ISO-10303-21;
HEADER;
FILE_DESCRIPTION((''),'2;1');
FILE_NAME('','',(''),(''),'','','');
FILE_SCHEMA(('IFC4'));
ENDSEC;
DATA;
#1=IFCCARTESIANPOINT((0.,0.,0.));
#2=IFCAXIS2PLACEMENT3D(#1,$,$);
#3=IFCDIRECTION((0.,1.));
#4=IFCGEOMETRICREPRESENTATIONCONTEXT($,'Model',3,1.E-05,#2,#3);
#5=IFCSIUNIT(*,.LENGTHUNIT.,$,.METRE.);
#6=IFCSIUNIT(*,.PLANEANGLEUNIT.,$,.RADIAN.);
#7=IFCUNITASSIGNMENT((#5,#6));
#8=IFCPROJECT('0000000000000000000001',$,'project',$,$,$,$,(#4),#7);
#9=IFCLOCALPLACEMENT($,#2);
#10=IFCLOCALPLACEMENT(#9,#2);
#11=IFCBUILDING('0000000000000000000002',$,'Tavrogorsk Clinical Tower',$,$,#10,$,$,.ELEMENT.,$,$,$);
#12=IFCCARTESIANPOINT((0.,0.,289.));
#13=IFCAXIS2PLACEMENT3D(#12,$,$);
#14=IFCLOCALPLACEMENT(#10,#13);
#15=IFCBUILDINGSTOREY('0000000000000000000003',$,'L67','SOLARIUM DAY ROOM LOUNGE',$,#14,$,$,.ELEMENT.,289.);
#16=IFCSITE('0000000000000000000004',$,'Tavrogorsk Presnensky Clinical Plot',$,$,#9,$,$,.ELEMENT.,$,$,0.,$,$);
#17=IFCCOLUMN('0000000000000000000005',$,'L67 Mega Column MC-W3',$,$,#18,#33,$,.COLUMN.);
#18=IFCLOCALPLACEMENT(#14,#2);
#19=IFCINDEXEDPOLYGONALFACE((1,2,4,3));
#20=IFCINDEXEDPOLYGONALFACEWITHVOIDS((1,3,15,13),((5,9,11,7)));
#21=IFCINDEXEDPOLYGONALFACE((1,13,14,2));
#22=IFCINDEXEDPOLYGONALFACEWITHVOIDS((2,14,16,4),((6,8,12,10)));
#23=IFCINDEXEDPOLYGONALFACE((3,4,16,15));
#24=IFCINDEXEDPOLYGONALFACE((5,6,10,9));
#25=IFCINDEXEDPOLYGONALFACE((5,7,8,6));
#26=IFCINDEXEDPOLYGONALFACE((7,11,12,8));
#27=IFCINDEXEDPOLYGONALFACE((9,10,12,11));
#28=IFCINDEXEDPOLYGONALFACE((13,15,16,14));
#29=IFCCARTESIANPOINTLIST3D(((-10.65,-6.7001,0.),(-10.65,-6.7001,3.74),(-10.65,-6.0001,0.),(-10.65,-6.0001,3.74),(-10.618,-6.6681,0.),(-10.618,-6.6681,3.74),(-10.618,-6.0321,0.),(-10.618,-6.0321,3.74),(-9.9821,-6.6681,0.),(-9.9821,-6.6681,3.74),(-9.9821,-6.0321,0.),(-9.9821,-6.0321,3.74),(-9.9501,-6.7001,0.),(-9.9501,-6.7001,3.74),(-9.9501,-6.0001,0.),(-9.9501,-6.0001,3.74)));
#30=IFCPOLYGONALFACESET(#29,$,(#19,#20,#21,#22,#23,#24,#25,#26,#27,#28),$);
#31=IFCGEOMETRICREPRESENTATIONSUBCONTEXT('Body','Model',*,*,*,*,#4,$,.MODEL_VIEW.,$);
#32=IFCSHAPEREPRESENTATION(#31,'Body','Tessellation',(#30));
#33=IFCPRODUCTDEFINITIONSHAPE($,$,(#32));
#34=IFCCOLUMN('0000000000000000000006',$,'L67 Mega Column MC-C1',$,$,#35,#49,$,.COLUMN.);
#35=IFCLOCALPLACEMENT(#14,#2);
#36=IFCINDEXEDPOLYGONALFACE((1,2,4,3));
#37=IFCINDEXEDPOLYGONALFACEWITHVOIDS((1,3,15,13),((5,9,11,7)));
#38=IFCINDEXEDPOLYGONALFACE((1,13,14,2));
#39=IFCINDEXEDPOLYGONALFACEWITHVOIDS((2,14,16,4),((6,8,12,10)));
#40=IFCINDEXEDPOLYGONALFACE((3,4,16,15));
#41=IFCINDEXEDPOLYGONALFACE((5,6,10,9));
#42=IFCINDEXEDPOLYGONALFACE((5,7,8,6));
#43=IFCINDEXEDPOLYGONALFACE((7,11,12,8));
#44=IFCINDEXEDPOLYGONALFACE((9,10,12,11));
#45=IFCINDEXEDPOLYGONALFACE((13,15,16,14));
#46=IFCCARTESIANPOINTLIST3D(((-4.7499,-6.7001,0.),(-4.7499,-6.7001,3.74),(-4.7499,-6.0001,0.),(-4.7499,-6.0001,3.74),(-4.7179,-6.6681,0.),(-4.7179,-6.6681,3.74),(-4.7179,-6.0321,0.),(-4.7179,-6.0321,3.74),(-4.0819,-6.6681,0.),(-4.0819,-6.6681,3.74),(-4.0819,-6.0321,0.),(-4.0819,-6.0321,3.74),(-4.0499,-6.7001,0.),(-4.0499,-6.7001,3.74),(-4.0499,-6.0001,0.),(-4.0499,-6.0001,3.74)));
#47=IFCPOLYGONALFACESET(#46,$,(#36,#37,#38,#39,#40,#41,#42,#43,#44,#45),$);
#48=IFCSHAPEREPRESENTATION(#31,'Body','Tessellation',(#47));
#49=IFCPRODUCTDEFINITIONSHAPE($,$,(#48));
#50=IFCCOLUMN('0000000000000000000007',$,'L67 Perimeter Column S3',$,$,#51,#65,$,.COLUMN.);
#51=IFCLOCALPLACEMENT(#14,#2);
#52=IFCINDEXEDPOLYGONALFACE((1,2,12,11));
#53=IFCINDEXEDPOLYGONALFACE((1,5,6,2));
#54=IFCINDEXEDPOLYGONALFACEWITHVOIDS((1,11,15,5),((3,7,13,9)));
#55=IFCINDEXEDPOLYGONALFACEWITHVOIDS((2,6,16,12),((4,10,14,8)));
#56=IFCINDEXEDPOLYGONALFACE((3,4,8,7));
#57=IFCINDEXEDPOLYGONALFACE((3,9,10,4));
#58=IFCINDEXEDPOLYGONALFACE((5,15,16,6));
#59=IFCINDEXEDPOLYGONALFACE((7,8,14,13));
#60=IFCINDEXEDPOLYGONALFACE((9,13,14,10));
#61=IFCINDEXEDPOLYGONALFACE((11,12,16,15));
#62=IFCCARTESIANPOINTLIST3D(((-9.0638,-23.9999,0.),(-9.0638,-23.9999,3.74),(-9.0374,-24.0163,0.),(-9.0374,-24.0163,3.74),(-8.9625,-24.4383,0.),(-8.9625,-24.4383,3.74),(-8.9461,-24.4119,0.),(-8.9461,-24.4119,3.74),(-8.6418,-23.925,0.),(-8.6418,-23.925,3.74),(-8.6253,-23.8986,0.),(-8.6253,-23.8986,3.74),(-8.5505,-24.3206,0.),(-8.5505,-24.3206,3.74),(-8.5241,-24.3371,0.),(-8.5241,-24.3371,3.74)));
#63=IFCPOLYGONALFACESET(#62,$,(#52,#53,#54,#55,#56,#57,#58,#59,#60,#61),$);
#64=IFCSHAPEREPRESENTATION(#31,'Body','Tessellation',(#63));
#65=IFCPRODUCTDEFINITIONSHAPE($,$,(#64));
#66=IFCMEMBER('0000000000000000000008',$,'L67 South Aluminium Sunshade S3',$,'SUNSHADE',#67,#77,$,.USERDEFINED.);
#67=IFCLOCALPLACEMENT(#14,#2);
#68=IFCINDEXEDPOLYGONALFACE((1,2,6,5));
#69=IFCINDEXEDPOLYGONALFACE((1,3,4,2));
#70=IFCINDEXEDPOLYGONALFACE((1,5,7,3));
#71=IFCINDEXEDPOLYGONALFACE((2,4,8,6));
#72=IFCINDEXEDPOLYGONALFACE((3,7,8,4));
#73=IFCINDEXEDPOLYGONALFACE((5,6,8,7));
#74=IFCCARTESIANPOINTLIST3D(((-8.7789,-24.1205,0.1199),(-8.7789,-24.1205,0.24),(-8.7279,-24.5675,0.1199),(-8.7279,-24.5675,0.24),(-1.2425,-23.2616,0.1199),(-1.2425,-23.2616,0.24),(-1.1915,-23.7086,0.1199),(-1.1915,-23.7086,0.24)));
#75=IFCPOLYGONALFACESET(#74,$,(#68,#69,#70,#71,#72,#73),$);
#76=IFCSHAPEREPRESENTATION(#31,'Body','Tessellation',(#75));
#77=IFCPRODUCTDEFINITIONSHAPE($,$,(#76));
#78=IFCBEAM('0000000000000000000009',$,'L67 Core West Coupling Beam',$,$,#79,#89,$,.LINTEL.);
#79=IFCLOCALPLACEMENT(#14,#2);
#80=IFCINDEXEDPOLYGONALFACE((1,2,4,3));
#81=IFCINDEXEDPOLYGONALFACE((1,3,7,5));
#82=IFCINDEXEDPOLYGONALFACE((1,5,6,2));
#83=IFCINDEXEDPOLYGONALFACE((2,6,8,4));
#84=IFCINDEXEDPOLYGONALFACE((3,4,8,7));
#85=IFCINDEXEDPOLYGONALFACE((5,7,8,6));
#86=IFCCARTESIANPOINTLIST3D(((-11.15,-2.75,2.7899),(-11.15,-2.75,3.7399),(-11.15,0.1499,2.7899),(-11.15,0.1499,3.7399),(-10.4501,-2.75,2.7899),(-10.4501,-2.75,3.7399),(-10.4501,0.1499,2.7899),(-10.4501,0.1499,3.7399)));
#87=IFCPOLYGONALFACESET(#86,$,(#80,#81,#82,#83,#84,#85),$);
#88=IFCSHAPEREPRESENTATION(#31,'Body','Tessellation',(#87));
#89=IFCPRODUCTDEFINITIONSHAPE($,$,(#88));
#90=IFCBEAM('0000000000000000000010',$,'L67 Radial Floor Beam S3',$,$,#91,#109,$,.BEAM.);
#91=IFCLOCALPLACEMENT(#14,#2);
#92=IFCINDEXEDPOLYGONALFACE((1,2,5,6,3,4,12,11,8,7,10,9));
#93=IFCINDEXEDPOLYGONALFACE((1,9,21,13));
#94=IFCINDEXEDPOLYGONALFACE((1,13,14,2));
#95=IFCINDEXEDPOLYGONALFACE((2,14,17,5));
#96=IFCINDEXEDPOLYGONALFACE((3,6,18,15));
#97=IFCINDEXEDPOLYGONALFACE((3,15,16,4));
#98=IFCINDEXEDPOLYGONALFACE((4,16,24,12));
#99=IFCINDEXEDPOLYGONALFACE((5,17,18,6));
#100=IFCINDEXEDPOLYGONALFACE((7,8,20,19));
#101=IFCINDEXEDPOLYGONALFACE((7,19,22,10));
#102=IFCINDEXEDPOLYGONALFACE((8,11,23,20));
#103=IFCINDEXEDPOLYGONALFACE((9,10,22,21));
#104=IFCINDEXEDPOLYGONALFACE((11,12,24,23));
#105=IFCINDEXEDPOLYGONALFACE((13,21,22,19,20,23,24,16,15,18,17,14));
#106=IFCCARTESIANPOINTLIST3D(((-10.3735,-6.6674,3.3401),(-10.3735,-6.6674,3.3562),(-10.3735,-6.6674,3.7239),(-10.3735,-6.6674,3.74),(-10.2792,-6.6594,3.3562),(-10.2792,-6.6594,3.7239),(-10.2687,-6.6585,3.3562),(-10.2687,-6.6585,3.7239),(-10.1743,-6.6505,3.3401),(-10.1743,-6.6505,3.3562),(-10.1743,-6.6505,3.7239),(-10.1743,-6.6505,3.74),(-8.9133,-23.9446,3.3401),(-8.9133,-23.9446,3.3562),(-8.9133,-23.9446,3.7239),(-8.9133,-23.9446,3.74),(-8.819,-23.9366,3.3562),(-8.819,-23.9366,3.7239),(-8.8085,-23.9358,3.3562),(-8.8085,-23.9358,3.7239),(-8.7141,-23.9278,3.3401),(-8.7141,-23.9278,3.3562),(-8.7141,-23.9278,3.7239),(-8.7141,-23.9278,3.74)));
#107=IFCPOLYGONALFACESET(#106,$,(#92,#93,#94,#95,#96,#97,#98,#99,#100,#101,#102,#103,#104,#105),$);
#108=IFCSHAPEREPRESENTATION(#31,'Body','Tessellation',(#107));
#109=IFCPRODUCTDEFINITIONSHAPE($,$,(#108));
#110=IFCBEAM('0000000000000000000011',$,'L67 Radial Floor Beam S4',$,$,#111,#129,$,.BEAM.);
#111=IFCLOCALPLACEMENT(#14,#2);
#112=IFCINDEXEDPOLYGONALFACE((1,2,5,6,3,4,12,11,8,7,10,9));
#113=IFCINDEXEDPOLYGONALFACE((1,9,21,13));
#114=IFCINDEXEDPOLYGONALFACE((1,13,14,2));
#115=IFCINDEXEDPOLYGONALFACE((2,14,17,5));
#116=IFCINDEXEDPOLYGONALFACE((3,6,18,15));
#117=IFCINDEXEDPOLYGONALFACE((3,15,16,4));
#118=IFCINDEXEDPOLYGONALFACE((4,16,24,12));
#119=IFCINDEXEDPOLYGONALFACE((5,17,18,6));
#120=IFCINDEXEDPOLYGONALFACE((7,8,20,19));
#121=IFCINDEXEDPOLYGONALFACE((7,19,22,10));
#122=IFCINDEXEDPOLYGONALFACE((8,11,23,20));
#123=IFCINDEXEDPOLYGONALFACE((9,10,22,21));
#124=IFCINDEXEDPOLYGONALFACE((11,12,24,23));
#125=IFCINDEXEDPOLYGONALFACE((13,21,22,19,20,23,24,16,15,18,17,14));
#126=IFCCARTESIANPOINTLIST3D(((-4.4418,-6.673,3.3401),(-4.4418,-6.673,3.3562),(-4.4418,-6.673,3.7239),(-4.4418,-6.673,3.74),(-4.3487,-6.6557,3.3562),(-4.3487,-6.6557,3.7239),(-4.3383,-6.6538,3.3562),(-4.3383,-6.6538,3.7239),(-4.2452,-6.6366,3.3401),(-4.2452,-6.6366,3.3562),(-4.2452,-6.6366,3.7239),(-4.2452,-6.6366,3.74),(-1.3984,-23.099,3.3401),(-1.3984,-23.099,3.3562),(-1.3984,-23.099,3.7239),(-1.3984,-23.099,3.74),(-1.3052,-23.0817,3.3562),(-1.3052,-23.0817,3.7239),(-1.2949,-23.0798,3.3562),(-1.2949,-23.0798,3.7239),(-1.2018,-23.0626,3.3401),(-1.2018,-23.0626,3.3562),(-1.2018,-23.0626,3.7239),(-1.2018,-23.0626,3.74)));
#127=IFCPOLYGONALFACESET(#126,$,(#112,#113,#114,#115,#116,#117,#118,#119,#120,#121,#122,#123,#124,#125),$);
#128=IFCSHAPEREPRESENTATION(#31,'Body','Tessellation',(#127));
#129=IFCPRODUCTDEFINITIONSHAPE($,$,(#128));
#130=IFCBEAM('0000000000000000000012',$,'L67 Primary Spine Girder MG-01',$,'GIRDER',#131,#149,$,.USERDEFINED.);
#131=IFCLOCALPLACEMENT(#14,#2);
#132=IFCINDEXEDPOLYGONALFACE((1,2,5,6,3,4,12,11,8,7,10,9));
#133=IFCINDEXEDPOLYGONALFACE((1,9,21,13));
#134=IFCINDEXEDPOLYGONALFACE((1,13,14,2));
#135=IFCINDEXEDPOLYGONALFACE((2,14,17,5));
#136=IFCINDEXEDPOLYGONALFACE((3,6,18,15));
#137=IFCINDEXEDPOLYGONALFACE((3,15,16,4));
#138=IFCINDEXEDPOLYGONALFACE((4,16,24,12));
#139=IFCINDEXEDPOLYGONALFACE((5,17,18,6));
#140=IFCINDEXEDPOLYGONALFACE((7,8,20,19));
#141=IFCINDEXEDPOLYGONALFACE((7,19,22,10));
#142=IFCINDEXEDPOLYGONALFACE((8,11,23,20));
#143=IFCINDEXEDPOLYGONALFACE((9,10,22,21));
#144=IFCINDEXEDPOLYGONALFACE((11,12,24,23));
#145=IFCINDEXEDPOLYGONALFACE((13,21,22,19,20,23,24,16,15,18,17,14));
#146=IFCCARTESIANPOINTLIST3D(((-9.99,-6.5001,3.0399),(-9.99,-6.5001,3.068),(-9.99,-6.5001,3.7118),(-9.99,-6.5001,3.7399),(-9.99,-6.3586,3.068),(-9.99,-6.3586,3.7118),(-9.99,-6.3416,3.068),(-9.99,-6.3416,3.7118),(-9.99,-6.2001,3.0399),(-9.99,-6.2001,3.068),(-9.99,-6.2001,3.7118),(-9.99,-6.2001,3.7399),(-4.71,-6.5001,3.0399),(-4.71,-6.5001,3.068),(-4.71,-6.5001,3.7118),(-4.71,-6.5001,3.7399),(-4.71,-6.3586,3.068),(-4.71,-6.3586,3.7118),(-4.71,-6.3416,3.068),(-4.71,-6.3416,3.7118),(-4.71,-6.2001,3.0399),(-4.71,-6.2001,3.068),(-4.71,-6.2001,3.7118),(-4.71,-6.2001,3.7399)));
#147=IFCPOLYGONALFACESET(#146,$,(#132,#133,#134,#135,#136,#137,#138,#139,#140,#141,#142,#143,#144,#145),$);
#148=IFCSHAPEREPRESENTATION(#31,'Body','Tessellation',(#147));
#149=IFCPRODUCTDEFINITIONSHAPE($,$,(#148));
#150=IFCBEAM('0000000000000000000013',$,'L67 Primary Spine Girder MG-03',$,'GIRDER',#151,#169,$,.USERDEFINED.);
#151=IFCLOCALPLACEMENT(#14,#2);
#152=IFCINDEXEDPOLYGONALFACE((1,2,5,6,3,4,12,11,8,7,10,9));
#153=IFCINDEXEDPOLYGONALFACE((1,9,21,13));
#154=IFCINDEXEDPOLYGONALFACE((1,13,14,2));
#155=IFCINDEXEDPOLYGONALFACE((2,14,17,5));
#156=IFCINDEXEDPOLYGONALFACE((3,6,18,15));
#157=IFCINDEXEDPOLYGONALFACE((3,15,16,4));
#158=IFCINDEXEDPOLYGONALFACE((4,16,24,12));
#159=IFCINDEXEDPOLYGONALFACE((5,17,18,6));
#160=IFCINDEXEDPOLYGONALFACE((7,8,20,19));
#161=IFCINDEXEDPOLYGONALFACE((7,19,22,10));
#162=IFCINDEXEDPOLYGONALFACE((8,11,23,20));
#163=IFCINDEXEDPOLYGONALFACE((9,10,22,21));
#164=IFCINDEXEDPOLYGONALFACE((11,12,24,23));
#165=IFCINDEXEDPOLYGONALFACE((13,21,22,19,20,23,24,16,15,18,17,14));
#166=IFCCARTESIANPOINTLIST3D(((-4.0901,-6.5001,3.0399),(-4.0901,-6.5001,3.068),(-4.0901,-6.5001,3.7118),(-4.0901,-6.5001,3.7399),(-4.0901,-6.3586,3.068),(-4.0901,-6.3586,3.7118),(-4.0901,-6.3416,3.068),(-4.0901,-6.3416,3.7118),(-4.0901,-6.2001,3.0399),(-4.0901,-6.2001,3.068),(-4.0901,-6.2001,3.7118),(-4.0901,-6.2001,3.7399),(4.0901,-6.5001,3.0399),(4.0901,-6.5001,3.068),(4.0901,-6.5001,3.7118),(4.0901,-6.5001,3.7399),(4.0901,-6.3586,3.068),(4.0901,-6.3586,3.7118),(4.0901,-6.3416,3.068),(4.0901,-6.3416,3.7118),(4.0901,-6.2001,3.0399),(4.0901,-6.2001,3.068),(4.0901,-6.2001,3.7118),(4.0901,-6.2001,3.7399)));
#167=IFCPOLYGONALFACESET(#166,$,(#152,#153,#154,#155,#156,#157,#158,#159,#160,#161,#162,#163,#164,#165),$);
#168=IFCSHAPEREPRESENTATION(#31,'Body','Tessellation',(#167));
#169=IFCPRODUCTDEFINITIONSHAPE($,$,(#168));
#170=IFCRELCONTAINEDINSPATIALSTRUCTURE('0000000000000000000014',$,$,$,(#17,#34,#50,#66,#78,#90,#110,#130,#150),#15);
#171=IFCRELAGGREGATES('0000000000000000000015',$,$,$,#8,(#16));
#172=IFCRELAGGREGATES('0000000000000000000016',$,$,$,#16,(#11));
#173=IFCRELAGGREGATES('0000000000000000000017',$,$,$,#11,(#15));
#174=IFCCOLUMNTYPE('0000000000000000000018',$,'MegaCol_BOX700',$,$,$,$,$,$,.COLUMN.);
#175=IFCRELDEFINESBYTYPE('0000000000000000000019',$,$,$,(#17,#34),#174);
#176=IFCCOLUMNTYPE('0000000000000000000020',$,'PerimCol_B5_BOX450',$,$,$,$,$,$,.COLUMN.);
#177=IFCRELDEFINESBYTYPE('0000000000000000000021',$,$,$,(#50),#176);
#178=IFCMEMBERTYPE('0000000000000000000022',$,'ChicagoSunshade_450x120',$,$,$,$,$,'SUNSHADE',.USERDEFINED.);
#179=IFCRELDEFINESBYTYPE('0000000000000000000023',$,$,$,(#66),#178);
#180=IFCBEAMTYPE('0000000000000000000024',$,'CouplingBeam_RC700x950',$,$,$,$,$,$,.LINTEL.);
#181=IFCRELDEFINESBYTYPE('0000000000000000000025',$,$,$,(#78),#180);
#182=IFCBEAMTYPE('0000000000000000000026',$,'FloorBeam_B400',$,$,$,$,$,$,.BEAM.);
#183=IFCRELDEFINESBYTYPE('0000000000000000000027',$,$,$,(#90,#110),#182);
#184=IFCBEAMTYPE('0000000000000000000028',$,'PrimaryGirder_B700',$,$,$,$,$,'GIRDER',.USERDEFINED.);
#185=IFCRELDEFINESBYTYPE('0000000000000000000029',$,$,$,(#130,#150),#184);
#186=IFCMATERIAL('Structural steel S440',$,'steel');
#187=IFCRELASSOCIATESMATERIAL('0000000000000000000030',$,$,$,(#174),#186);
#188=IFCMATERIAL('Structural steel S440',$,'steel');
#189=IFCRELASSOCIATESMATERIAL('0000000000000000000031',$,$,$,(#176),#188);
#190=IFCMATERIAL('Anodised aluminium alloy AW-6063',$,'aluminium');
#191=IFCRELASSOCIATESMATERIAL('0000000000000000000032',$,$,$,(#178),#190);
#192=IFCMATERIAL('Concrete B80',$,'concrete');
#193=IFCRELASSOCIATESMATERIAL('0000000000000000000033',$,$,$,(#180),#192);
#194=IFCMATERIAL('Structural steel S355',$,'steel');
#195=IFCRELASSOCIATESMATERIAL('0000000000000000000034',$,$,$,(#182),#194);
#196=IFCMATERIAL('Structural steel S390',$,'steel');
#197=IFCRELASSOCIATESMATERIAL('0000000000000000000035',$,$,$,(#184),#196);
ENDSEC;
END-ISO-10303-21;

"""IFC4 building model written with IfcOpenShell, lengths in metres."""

from ifc_helpers import new_model, si_unit, direction, frame, origin, origin_2d, place, context, subcontext, project, spatial, rectangle, hollow_rectangle, i_section, extrude, material, material_profile, profile_set, type_object, element, save


model = new_model("IFC4")

# Units and contexts
model_context = context("Model", 3, precision=1e-05, world=origin(), true_north=direction((0.0, 1.0)))
body_context = subcontext(model_context, "Body", "Model", "MODEL_VIEW")
ifc_project = project(units=[si_unit("LENGTHUNIT", "METRE"), si_unit("PLANEANGLEUNIT", "RADIAN")], contexts=[model_context])

# Site, building, storey
site_placement = place(None, origin())
site = spatial("IfcSite", under=ifc_project, at=site_placement, Name="Tavrogorsk Presnensky Clinical Plot", CompositionType="ELEMENT", RefElevation=0.0)
building_placement = place(site_placement, origin())
building = spatial("IfcBuilding", under=site, at=building_placement, Name="Tavrogorsk Clinical Tower", CompositionType="ELEMENT")
storey_placement = place(building_placement, frame((0.0, 0.0, 289.0)))
storey = spatial("IfcBuildingStorey", under=building, at=storey_placement, Name="L67", Description="SOLARIUM DAY ROOM LOUNGE", CompositionType="ELEMENT", Elevation=289.0)

# Columns
ifc_material_1 = material(Name="Structural steel S440", Category="steel")
ifc_material_profile_1 = material_profile(ifc_material_1, hollow_rectangle(XDim=0.7, YDim=0.7, WallThickness=0.032, at=origin_2d()), Name="BOX-700x700x32")
ifc_profile_set_1 = profile_set([ifc_material_profile_1], Name="Structural steel S440")
column_type_1 = type_object("IfcColumnType", Name="MegaCol_BOX700", PredefinedType="COLUMN", material=ifc_profile_set_1)
for number, where, z_axis, x_axis, name in (
    (1, (-10.3, -6.3501, 0.0), (0.0, 0.0, 1.0), (1.0, 0.0, 0.0), "L67 Mega Column MC-W3"),
    (2, (-4.3999, -6.3501, 0.0), (0.0, 0.0, 1.0), (1.0, 0.0, 0.0), "L67 Mega Column MC-C1"),
):
    element("IfcColumn", number, at=place(storey_placement, frame(where, z_axis=z_axis, x_axis=x_axis)), inside=storey, type_object=column_type_1, Name=name, PredefinedType="COLUMN", context=body_context, shape_type="SweptSolid", body=[
        extrude(hollow_rectangle(XDim=0.7, YDim=0.7, WallThickness=0.032, at=origin_2d()), origin(), (0.0, 0.0, 1.0), 3.74),
    ])
ifc_material_2 = material(Name="Structural steel S440", Category="steel")
ifc_material_profile_2 = material_profile(ifc_material_2, hollow_rectangle(XDim=0.45, YDim=0.45, WallThickness=0.022, at=origin_2d()), Name="BOX-450x450x22")
ifc_profile_set_2 = profile_set([ifc_material_profile_2], Name="Structural steel S440")
column_type_2 = type_object("IfcColumnType", Name="PerimCol_B5_BOX450", PredefinedType="COLUMN", material=ifc_profile_set_2)
column_placement = place(storey_placement, frame((-8.7939, -24.1685, 0.0), z_axis=(0.0, 0.0, 1.0), x_axis=(0.97437, 0.224951, 0.0)))
element("IfcColumn", 3, at=column_placement, inside=storey, type_object=column_type_2, Name="L67 Perimeter Column S3", PredefinedType="COLUMN", context=body_context, shape_type="SweptSolid", body=[
    extrude(hollow_rectangle(XDim=0.45, YDim=0.45, WallThickness=0.022, at=origin_2d()), origin(), (0.0, 0.0, 1.0), 3.74),
])

# Member
ifc_material_3 = material(Name="Anodised aluminium alloy AW-6063", Category="aluminium")
ifc_material_profile_3 = material_profile(ifc_material_3, rectangle(XDim=0.45, YDim=0.1201, at=origin_2d()), Name="ALU-SUNSHADE-450x120")
ifc_profile_set_3 = profile_set([ifc_material_profile_3], Name="Anodised aluminium alloy AW-6063")
member_type = type_object("IfcMemberType", Name="ChicagoSunshade_450x120", ElementType="SUNSHADE", PredefinedType="USERDEFINED", material=ifc_profile_set_3)
member_placement = place(storey_placement, frame((-8.7534, -24.344, 0.1799), z_axis=(0.993569, 0.113233, 0.0), x_axis=(-0.113233, 0.993569, 0.0)))
element("IfcMember", 4, at=member_placement, inside=storey, type_object=member_type, Name="L67 South Aluminium Sunshade S3", ObjectType="SUNSHADE", PredefinedType="USERDEFINED", context=body_context, shape_type="SweptSolid", body=[
    extrude(rectangle(XDim=0.45, YDim=0.1201, at=origin_2d()), origin(), (0.0, 0.0, 1.0), 7.5852),
])

# Beams
ifc_material_4 = material(Name="Concrete B80", Category="concrete")
ifc_material_profile_4 = material_profile(ifc_material_4, rectangle(XDim=0.7, YDim=0.95, at=origin_2d()), Name="RC-CB-700x950")
ifc_profile_set_4 = profile_set([ifc_material_profile_4], Name="Concrete B80")
beam_type_1 = type_object("IfcBeamType", Name="CouplingBeam_RC700x950", PredefinedType="LINTEL", material=ifc_profile_set_4)
beam_1_placement = place(storey_placement, frame((-10.8, -2.75, 3.2649), z_axis=(0.0, 1.0, 0.0), x_axis=(-1.0, 0.0, 0.0)))
element("IfcBeam", 5, at=beam_1_placement, inside=storey, type_object=beam_type_1, Name="L67 Core West Coupling Beam", PredefinedType="LINTEL", context=body_context, shape_type="SweptSolid", body=[
    extrude(rectangle(XDim=0.7, YDim=0.95, at=origin_2d()), origin(), (0.0, 0.0, 1.0), 2.8999),
])
ifc_material_5 = material(Name="Structural steel S355", Category="steel")
ifc_material_profile_5 = material_profile(ifc_material_5, i_section(OverallWidth=0.2, OverallDepth=0.3999, WebThickness=0.0105, FlangeThickness=0.0161, at=origin_2d()), Name="B-400x200x10.5x16")
ifc_profile_set_5 = profile_set([ifc_material_profile_5], Name="Structural steel S355")
beam_type_2 = type_object("IfcBeamType", Name="FloorBeam_B400", PredefinedType="BEAM", material=ifc_profile_set_5)
beam_2_placement = place(storey_placement, frame((-10.2739, -6.6589, 3.54), z_axis=(0.084215, -0.996448, 0.0), x_axis=(0.996448, 0.084215, 0.0)))
element("IfcBeam", 6, at=beam_2_placement, inside=storey, type_object=beam_type_2, Name="L67 Radial Floor Beam S3", PredefinedType="BEAM", context=body_context, shape_type="SweptSolid", body=[
    extrude(i_section(OverallWidth=0.2, OverallDepth=0.3999, WebThickness=0.0105, FlangeThickness=0.0161, at=origin_2d()), origin(), (0.0, 0.0, 1.0), 17.3389),
])
beam_3_placement = place(storey_placement, frame((-4.3435, -6.6548, 3.54), z_axis=(0.182182, -0.983265, 0.0), x_axis=(0.983265, 0.182182, 0.0)))
element("IfcBeam", 7, at=beam_3_placement, inside=storey, type_object=beam_type_2, Name="L67 Radial Floor Beam S4", PredefinedType="BEAM", context=body_context, shape_type="SweptSolid", body=[
    extrude(i_section(OverallWidth=0.2, OverallDepth=0.3999, WebThickness=0.0105, FlangeThickness=0.0161, at=origin_2d()), origin(), (0.0, 0.0, 1.0), 16.7056),
])
ifc_material_6 = material(Name="Structural steel S390", Category="steel")
ifc_material_profile_6 = material_profile(ifc_material_6, i_section(OverallWidth=0.3, OverallDepth=0.7, WebThickness=0.0171, FlangeThickness=0.0281, at=origin_2d()), Name="B-700x300x17x28")
ifc_profile_set_6 = profile_set([ifc_material_profile_6], Name="Structural steel S390")
beam_type_3 = type_object("IfcBeamType", Name="PrimaryGirder_B700", ElementType="GIRDER", PredefinedType="USERDEFINED", material=ifc_profile_set_6)
beam_4_placement = place(storey_placement, frame((-9.99, -6.3501, 3.3899), z_axis=(1.0, 0.0, 0.0), x_axis=(0.0, 1.0, 0.0)))
element("IfcBeam", 8, at=beam_4_placement, inside=storey, type_object=beam_type_3, Name="L67 Primary Spine Girder MG-01", ObjectType="GIRDER", PredefinedType="USERDEFINED", context=body_context, shape_type="SweptSolid", body=[
    extrude(i_section(OverallWidth=0.3, OverallDepth=0.7, WebThickness=0.0171, FlangeThickness=0.0281, at=origin_2d()), origin(), (0.0, 0.0, 1.0), 5.28),
])
beam_5_placement = place(storey_placement, frame((-4.0901, -6.3501, 3.3899), z_axis=(1.0, 0.0, 0.0), x_axis=(0.0, 1.0, 0.0)))
element("IfcBeam", 9, at=beam_5_placement, inside=storey, type_object=beam_type_3, Name="L67 Primary Spine Girder MG-03", ObjectType="GIRDER", PredefinedType="USERDEFINED", context=body_context, shape_type="SweptSolid", body=[
    extrude(i_section(OverallWidth=0.3, OverallDepth=0.7, WebThickness=0.0171, FlangeThickness=0.0281, at=origin_2d()), origin(), (0.0, 0.0, 1.0), 8.1802),
])

save(model, "model.ifc")
